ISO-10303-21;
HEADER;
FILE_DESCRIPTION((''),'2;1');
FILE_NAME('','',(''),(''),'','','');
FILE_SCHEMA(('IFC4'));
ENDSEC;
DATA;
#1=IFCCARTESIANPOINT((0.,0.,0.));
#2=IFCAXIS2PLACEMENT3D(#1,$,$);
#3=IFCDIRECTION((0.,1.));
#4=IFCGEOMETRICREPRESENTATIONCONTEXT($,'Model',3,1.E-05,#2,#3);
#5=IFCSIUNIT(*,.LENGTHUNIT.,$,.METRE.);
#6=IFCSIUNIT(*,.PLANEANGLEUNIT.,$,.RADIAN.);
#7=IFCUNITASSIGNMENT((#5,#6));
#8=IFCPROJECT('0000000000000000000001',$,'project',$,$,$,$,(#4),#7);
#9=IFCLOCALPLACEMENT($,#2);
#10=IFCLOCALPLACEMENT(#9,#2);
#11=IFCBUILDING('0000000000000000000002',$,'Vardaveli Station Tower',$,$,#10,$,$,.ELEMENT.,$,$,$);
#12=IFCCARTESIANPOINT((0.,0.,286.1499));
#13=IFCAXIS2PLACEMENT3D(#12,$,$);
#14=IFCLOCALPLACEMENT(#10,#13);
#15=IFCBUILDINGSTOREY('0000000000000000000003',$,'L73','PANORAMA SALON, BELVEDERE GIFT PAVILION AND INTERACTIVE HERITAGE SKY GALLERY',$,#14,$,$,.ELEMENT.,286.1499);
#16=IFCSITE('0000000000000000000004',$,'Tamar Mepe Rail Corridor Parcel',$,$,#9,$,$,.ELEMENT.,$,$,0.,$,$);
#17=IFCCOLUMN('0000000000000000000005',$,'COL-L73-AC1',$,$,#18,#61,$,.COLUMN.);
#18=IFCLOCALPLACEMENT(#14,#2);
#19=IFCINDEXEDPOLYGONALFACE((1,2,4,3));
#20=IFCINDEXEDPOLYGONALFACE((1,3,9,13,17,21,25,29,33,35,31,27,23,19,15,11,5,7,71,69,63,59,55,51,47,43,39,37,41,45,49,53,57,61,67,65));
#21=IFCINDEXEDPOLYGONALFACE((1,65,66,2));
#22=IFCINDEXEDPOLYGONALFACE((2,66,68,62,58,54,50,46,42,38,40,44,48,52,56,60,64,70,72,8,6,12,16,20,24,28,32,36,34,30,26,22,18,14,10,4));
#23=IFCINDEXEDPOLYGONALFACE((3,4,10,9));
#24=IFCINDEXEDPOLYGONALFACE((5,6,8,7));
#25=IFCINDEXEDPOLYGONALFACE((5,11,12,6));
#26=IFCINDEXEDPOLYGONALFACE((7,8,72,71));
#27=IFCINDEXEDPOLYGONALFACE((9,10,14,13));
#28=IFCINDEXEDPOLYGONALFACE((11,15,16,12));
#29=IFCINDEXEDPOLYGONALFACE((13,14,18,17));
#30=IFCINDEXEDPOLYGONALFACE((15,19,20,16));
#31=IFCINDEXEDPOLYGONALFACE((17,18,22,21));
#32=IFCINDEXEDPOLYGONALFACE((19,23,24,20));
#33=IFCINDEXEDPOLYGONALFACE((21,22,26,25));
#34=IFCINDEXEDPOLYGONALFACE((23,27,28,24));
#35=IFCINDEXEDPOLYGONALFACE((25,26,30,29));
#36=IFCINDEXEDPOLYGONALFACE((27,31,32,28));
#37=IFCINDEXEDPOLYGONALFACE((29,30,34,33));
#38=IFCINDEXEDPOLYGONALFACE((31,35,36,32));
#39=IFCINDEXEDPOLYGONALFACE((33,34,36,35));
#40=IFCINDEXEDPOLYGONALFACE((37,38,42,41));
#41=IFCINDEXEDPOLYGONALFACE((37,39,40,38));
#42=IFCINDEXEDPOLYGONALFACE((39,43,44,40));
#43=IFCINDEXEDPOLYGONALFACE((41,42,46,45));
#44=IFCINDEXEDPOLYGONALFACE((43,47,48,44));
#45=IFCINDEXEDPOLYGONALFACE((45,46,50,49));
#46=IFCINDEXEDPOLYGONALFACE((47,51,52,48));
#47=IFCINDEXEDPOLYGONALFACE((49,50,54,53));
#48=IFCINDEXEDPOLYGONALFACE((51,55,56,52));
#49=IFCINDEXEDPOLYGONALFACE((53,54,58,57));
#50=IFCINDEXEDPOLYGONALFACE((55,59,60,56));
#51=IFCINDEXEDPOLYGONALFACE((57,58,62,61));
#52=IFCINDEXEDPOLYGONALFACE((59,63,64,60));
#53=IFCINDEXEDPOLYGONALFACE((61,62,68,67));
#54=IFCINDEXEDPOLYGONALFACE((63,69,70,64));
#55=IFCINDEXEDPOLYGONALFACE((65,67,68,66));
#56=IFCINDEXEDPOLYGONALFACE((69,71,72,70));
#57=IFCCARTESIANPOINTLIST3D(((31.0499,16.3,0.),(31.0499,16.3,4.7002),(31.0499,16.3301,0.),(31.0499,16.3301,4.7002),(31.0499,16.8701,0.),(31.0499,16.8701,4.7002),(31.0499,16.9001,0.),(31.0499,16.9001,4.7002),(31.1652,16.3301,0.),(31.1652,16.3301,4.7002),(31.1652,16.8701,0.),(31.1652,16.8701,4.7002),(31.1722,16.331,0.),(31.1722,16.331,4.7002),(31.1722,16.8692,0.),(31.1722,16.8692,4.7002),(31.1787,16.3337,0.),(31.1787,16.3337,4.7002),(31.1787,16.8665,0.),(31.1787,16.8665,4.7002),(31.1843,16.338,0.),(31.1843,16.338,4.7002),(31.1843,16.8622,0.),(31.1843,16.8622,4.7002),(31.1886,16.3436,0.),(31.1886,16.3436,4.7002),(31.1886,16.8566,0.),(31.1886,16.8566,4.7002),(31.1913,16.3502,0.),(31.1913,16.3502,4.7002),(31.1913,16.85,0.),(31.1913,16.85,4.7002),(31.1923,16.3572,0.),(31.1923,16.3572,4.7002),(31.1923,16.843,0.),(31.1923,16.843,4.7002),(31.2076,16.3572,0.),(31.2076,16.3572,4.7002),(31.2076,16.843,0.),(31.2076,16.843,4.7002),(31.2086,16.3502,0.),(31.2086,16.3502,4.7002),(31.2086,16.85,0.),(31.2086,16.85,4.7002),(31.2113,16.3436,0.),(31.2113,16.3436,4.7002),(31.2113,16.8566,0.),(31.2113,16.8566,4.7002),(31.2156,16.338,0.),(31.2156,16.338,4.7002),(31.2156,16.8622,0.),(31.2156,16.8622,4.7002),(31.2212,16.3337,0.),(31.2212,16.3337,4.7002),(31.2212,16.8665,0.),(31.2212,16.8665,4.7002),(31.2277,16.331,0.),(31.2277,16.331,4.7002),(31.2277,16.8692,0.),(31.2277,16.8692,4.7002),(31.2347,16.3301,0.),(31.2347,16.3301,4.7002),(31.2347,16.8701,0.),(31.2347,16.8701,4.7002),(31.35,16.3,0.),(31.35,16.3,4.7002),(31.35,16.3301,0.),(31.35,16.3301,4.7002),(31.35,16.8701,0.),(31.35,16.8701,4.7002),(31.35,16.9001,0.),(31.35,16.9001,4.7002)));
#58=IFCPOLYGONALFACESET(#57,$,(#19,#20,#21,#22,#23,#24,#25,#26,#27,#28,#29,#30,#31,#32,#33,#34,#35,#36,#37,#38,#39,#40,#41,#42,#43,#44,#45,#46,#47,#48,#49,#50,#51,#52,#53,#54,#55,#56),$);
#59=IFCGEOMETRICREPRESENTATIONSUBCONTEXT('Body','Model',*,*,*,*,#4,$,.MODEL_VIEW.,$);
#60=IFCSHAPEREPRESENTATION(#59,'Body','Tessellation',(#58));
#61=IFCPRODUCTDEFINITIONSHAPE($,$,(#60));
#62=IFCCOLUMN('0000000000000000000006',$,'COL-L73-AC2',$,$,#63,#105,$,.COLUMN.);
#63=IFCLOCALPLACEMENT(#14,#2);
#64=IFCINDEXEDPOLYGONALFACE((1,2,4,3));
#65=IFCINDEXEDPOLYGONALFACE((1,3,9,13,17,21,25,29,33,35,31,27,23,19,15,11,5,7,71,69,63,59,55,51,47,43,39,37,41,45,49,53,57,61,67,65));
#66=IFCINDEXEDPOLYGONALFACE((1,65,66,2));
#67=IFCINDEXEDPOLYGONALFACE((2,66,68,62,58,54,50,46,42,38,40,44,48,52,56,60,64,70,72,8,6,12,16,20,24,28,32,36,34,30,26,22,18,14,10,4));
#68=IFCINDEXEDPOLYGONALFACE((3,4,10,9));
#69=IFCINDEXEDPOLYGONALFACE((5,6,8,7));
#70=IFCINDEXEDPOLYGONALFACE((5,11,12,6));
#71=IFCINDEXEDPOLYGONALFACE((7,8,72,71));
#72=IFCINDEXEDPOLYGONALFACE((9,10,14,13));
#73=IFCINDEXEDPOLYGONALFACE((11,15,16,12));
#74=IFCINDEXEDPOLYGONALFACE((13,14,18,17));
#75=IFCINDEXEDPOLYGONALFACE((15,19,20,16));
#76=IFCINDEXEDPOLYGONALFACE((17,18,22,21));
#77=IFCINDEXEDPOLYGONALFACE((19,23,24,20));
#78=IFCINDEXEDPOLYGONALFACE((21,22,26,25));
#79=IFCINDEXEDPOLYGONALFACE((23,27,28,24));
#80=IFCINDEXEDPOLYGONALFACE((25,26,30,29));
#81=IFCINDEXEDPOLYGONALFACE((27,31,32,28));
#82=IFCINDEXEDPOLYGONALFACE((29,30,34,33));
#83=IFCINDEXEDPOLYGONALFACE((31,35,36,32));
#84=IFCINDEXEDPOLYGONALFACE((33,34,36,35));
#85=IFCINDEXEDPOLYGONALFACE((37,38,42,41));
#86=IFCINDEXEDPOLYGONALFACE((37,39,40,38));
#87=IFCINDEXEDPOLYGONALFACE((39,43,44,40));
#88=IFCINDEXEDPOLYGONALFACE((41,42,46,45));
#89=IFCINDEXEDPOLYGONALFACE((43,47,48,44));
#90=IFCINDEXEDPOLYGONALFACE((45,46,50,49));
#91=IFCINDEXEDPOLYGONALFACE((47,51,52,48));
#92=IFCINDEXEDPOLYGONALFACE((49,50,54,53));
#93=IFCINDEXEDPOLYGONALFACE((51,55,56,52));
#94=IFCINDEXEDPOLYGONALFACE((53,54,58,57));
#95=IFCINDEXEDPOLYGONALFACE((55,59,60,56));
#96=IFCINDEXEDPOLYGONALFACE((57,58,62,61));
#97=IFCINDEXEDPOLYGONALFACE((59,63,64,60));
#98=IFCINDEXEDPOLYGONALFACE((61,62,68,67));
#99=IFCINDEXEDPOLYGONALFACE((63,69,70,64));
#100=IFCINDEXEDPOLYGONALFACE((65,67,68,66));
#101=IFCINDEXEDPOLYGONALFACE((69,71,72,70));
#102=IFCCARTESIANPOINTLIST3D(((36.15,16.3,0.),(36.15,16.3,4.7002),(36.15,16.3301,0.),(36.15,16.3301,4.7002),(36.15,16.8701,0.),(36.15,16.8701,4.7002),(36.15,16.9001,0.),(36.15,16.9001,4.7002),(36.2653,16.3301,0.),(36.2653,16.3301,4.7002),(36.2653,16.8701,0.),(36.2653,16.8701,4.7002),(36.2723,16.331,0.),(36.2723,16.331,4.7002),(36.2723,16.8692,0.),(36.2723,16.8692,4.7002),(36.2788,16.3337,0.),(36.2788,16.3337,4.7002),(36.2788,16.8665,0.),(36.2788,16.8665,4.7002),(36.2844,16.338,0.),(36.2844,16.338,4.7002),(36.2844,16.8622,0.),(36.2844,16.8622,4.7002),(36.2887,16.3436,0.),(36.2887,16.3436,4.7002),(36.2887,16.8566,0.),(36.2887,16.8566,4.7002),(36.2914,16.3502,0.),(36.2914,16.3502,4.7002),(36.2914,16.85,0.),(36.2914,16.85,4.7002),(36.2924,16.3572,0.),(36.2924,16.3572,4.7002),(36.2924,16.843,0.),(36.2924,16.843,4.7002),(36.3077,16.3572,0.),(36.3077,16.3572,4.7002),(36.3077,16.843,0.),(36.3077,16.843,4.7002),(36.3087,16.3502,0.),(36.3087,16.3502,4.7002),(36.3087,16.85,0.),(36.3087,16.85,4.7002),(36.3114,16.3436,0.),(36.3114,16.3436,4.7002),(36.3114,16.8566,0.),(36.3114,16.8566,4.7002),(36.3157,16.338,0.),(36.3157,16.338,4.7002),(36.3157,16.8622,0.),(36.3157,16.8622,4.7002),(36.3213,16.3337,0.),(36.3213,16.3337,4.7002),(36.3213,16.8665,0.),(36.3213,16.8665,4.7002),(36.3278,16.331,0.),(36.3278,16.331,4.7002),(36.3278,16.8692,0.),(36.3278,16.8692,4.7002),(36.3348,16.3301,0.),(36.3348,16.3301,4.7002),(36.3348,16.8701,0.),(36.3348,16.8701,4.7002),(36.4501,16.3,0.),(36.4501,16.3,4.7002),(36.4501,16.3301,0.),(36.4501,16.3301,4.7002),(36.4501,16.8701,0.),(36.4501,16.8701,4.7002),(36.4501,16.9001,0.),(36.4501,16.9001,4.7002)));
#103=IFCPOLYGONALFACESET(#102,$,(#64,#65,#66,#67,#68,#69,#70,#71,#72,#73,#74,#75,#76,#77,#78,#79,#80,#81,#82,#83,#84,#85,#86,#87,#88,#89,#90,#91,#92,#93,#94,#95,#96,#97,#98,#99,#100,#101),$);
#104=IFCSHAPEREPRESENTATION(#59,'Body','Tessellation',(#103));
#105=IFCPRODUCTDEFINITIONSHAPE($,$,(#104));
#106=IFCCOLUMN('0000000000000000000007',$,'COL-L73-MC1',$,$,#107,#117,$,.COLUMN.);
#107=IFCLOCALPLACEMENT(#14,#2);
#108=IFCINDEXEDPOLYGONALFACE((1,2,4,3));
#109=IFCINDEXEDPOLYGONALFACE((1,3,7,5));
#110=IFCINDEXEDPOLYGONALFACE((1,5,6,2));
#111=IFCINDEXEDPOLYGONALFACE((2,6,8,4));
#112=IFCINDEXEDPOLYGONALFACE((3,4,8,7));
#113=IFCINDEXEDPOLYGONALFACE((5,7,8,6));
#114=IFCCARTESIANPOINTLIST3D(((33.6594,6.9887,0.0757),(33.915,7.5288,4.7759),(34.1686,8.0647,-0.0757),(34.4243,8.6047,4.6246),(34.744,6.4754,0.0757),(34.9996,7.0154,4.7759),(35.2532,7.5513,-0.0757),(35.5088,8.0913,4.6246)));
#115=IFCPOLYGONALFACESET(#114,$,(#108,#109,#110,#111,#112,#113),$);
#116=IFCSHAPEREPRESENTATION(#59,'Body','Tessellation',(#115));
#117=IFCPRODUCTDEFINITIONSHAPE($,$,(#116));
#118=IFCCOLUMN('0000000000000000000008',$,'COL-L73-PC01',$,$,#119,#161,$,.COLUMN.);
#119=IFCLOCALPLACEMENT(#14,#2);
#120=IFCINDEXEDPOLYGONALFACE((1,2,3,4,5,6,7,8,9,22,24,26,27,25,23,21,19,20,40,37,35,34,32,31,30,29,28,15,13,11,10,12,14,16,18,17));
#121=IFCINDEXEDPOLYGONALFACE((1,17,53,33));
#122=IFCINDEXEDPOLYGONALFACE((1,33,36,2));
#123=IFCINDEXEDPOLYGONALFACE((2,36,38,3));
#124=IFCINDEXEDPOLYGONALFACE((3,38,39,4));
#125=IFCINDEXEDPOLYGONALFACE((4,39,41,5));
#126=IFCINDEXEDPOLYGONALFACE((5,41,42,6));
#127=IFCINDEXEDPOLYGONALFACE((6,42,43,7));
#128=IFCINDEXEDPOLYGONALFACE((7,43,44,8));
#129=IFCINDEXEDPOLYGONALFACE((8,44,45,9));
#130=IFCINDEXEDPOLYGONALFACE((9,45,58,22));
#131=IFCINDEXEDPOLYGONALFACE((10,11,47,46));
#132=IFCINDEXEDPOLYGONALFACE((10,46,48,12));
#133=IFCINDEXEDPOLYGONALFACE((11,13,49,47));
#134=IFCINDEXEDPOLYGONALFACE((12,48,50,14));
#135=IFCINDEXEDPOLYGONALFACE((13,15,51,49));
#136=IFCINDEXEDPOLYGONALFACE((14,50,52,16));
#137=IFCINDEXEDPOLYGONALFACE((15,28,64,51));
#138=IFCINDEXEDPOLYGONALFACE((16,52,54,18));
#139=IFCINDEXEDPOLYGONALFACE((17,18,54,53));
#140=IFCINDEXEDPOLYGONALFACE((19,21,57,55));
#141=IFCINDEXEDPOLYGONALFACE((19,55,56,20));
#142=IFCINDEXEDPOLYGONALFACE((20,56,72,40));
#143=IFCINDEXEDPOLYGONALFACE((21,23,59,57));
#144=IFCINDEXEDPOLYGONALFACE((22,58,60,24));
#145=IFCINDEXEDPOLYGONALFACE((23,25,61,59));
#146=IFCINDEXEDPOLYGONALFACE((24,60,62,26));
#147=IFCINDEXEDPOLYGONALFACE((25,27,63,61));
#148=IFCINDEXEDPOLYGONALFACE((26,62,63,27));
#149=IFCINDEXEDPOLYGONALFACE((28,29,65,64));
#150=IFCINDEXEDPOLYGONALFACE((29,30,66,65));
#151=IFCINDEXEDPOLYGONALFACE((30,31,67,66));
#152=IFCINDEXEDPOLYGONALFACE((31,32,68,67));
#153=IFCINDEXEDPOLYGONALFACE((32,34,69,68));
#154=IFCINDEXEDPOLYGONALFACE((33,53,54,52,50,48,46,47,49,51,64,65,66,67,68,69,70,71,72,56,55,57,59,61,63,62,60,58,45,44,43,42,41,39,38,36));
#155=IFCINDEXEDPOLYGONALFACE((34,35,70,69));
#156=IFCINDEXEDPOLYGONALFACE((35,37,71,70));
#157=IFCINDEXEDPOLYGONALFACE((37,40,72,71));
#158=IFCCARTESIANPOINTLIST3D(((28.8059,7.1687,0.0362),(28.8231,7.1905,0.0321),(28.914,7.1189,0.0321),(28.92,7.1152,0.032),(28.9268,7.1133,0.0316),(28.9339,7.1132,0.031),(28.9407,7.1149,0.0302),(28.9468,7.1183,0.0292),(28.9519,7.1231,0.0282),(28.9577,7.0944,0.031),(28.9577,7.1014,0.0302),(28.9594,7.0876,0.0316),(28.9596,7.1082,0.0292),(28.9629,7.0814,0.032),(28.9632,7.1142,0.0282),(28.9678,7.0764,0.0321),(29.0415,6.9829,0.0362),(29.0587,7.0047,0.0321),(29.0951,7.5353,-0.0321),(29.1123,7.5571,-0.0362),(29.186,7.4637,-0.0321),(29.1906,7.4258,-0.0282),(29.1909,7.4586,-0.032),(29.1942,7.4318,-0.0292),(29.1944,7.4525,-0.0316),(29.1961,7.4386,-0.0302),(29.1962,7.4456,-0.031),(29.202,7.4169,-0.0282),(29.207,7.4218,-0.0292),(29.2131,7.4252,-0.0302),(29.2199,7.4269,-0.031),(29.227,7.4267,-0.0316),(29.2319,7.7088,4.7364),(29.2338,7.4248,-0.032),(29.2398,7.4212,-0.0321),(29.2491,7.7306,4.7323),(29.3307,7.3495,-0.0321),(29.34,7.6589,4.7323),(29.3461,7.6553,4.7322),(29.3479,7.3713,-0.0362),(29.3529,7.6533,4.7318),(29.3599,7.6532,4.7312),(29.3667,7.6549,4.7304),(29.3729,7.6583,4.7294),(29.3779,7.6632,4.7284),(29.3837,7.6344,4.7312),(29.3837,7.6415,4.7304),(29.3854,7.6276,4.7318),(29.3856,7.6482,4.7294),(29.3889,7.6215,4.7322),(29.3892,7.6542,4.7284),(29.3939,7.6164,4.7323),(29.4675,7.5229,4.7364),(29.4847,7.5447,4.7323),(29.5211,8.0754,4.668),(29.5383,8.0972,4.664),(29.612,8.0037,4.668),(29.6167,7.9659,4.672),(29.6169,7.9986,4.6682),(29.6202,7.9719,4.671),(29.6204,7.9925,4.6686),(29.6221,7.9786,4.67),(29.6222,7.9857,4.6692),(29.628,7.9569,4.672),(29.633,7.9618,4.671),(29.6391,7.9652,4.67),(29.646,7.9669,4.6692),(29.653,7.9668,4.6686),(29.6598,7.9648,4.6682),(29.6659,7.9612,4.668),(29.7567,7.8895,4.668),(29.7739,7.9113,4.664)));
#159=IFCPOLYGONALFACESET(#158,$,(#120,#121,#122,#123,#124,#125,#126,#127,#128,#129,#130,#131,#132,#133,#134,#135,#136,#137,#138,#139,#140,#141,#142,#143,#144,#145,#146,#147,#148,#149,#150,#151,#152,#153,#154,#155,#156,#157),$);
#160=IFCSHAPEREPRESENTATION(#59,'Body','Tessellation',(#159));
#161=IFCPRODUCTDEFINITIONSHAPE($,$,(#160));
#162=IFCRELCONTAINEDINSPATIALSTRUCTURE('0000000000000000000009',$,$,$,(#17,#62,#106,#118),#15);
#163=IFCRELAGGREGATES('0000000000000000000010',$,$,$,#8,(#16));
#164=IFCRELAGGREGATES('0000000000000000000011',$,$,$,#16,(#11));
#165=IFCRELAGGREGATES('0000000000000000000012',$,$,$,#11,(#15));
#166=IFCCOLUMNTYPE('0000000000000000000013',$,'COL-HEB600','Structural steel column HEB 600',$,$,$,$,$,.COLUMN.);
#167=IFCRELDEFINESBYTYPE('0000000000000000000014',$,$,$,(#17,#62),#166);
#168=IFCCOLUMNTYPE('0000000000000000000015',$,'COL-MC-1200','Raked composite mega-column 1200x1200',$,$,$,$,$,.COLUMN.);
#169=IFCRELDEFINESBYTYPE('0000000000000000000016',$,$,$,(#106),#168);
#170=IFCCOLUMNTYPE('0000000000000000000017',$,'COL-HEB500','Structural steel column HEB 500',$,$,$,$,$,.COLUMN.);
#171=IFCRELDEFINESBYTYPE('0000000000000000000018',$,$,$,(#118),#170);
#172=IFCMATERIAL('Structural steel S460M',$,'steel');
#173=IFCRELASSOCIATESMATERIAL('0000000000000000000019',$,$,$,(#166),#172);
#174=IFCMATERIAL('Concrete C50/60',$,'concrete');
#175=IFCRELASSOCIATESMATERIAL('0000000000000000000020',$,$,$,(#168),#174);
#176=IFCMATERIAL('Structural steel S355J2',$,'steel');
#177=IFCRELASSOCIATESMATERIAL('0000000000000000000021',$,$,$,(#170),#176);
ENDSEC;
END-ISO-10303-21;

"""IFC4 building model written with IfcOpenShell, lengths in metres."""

from ifc_helpers import new_model, si_unit, direction, frame, origin, origin_2d, place, context, subcontext, project, spatial, rectangle, i_section, extrude, source, transform, mapped, material, material_profile, profile_set, type_object, element, save


model = new_model("IFC4")

# Units and contexts
model_context = context("Model", 3, precision=1e-05, world=origin(), true_north=direction((0.0, 1.0)))
body_context = subcontext(model_context, "Body", "Model", "MODEL_VIEW")
ifc_project = project(units=[si_unit("LENGTHUNIT", "METRE"), si_unit("PLANEANGLEUNIT", "RADIAN")], contexts=[model_context])

# Site, building, storey
site_placement = place(None, origin())
site = spatial("IfcSite", under=ifc_project, at=site_placement, Name="Tamar Mepe Rail Corridor Parcel", CompositionType="ELEMENT", RefElevation=0.0)
building_placement = place(site_placement, origin())
building = spatial("IfcBuilding", under=site, at=building_placement, Name="Vardaveli Station Tower", CompositionType="ELEMENT")
storey_placement = place(building_placement, frame((0.0, 0.0, 286.1499)))
storey = spatial("IfcBuildingStorey", under=building, at=storey_placement, Name="L73", Description="PANORAMA SALON, BELVEDERE GIFT PAVILION AND INTERACTIVE HERITAGE SKY GALLERY", CompositionType="ELEMENT", Elevation=286.1499)

# Columns
ifc_material_1 = material(Name="Structural steel S460M", Category="steel")
ifc_material_profile_1 = material_profile(ifc_material_1, i_section(OverallWidth=0.3, OverallDepth=0.6001, WebThickness=0.0154, FlangeThickness=0.03, FilletRadius=0.0271, at=origin_2d()), Name="HEB 600")
ifc_profile_set_1 = profile_set([ifc_material_profile_1], Name="Structural steel S460M")
column_type_1 = type_object("IfcColumnType", Name="COL-HEB600", Description="Structural steel column HEB 600", PredefinedType="COLUMN", material=ifc_profile_set_1)
shared_shape_1 = source(origin(), body_context, "Body", "SweptSolid", [
    extrude(i_section(OverallWidth=0.3, OverallDepth=0.6001, WebThickness=0.0154, FlangeThickness=0.03, FilletRadius=0.0271, at=origin_2d()), origin(), (0.0, 0.0, 1.0), 4.7002),
])
for number, where, z_axis, x_axis, name in (
    (1, (31.2, 16.6001, 0.0), (0.0, 0.0, 1.0), (1.0, 0.0, 0.0), "COL-L73-AC1"),
    (2, (36.3, 16.6001, 0.0), (0.0, 0.0, 1.0), (1.0, 0.0, 0.0), "COL-L73-AC2"),
):
    element("IfcColumn", number, at=place(storey_placement, frame(where, z_axis=z_axis, x_axis=x_axis)), inside=storey, type_object=column_type_1, Name=name, PredefinedType="COLUMN", context=body_context, shape_type="MappedRepresentation", body=[
        mapped(shared_shape_1, transform((0.0, 0.0, 0.0), scale=1.0)),
    ])
ifc_material_2 = material(Name="Concrete C50/60", Category="concrete")
ifc_material_profile_2 = material_profile(ifc_material_2, rectangle(XDim=1.2, YDim=1.2, at=origin_2d()), Name="MC 1200x1200")
ifc_profile_set_2 = profile_set([ifc_material_profile_2], Name="Concrete C50/60")
column_type_2 = type_object("IfcColumnType", Name="COL-MC-1200", Description="Raked composite mega-column 1200x1200", PredefinedType="COLUMN", material=ifc_profile_set_2)
shared_shape_2 = source(origin(), body_context, "Body", "SweptSolid", [
    extrude(rectangle(XDim=1.2, YDim=1.2, at=origin_2d()), origin(), (0.0, 0.0, 1.0), 4.738),
])
column_1_placement = place(storey_placement, frame((34.4563, 7.27, 0.0), z_axis=(0.05395, 0.11398, 0.992017), x_axis=(-0.903863, 0.427823, 0.0)))
element("IfcColumn", 3, at=column_1_placement, inside=storey, type_object=column_type_2, Name="COL-L73-MC1", PredefinedType="COLUMN", context=body_context, shape_type="MappedRepresentation", body=[
    mapped(shared_shape_2, transform((0.0, 0.0, 0.0), scale=1.0)),
])
ifc_material_3 = material(Name="Structural steel S355J2", Category="steel")
ifc_material_profile_3 = material_profile(ifc_material_3, i_section(OverallWidth=0.3, OverallDepth=0.5, WebThickness=0.0144, FlangeThickness=0.0281, FilletRadius=0.0271, at=origin_2d()), Name="HEB 500")
ifc_profile_set_3 = profile_set([ifc_material_profile_3], Name="Structural steel S355J2")
column_type_3 = type_object("IfcColumnType", Name="COL-HEB500", Description="Structural steel column HEB 500", PredefinedType="COLUMN", material=ifc_profile_set_3)
shared_shape_3 = source(origin(), body_context, "Body", "SweptSolid", [
    extrude(i_section(OverallWidth=0.3, OverallDepth=0.5, WebThickness=0.0144, FlangeThickness=0.0281, FilletRadius=0.0271, at=origin_2d()), origin(), (0.0, 0.0, 1.0), 4.7502),
])
column_2_placement = place(storey_placement, frame((29.0769, 7.27, 0.0), z_axis=(0.089685, 0.113686, 0.989461), x_axis=(-0.78511, 0.619357, 0.0)))
element("IfcColumn", 4, at=column_2_placement, inside=storey, type_object=column_type_3, Name="COL-L73-PC01", PredefinedType="COLUMN", context=body_context, shape_type="MappedRepresentation", body=[
    mapped(shared_shape_3, transform((0.0, 0.0, 0.0), scale=1.0)),
])

save(model, "model.ifc")
